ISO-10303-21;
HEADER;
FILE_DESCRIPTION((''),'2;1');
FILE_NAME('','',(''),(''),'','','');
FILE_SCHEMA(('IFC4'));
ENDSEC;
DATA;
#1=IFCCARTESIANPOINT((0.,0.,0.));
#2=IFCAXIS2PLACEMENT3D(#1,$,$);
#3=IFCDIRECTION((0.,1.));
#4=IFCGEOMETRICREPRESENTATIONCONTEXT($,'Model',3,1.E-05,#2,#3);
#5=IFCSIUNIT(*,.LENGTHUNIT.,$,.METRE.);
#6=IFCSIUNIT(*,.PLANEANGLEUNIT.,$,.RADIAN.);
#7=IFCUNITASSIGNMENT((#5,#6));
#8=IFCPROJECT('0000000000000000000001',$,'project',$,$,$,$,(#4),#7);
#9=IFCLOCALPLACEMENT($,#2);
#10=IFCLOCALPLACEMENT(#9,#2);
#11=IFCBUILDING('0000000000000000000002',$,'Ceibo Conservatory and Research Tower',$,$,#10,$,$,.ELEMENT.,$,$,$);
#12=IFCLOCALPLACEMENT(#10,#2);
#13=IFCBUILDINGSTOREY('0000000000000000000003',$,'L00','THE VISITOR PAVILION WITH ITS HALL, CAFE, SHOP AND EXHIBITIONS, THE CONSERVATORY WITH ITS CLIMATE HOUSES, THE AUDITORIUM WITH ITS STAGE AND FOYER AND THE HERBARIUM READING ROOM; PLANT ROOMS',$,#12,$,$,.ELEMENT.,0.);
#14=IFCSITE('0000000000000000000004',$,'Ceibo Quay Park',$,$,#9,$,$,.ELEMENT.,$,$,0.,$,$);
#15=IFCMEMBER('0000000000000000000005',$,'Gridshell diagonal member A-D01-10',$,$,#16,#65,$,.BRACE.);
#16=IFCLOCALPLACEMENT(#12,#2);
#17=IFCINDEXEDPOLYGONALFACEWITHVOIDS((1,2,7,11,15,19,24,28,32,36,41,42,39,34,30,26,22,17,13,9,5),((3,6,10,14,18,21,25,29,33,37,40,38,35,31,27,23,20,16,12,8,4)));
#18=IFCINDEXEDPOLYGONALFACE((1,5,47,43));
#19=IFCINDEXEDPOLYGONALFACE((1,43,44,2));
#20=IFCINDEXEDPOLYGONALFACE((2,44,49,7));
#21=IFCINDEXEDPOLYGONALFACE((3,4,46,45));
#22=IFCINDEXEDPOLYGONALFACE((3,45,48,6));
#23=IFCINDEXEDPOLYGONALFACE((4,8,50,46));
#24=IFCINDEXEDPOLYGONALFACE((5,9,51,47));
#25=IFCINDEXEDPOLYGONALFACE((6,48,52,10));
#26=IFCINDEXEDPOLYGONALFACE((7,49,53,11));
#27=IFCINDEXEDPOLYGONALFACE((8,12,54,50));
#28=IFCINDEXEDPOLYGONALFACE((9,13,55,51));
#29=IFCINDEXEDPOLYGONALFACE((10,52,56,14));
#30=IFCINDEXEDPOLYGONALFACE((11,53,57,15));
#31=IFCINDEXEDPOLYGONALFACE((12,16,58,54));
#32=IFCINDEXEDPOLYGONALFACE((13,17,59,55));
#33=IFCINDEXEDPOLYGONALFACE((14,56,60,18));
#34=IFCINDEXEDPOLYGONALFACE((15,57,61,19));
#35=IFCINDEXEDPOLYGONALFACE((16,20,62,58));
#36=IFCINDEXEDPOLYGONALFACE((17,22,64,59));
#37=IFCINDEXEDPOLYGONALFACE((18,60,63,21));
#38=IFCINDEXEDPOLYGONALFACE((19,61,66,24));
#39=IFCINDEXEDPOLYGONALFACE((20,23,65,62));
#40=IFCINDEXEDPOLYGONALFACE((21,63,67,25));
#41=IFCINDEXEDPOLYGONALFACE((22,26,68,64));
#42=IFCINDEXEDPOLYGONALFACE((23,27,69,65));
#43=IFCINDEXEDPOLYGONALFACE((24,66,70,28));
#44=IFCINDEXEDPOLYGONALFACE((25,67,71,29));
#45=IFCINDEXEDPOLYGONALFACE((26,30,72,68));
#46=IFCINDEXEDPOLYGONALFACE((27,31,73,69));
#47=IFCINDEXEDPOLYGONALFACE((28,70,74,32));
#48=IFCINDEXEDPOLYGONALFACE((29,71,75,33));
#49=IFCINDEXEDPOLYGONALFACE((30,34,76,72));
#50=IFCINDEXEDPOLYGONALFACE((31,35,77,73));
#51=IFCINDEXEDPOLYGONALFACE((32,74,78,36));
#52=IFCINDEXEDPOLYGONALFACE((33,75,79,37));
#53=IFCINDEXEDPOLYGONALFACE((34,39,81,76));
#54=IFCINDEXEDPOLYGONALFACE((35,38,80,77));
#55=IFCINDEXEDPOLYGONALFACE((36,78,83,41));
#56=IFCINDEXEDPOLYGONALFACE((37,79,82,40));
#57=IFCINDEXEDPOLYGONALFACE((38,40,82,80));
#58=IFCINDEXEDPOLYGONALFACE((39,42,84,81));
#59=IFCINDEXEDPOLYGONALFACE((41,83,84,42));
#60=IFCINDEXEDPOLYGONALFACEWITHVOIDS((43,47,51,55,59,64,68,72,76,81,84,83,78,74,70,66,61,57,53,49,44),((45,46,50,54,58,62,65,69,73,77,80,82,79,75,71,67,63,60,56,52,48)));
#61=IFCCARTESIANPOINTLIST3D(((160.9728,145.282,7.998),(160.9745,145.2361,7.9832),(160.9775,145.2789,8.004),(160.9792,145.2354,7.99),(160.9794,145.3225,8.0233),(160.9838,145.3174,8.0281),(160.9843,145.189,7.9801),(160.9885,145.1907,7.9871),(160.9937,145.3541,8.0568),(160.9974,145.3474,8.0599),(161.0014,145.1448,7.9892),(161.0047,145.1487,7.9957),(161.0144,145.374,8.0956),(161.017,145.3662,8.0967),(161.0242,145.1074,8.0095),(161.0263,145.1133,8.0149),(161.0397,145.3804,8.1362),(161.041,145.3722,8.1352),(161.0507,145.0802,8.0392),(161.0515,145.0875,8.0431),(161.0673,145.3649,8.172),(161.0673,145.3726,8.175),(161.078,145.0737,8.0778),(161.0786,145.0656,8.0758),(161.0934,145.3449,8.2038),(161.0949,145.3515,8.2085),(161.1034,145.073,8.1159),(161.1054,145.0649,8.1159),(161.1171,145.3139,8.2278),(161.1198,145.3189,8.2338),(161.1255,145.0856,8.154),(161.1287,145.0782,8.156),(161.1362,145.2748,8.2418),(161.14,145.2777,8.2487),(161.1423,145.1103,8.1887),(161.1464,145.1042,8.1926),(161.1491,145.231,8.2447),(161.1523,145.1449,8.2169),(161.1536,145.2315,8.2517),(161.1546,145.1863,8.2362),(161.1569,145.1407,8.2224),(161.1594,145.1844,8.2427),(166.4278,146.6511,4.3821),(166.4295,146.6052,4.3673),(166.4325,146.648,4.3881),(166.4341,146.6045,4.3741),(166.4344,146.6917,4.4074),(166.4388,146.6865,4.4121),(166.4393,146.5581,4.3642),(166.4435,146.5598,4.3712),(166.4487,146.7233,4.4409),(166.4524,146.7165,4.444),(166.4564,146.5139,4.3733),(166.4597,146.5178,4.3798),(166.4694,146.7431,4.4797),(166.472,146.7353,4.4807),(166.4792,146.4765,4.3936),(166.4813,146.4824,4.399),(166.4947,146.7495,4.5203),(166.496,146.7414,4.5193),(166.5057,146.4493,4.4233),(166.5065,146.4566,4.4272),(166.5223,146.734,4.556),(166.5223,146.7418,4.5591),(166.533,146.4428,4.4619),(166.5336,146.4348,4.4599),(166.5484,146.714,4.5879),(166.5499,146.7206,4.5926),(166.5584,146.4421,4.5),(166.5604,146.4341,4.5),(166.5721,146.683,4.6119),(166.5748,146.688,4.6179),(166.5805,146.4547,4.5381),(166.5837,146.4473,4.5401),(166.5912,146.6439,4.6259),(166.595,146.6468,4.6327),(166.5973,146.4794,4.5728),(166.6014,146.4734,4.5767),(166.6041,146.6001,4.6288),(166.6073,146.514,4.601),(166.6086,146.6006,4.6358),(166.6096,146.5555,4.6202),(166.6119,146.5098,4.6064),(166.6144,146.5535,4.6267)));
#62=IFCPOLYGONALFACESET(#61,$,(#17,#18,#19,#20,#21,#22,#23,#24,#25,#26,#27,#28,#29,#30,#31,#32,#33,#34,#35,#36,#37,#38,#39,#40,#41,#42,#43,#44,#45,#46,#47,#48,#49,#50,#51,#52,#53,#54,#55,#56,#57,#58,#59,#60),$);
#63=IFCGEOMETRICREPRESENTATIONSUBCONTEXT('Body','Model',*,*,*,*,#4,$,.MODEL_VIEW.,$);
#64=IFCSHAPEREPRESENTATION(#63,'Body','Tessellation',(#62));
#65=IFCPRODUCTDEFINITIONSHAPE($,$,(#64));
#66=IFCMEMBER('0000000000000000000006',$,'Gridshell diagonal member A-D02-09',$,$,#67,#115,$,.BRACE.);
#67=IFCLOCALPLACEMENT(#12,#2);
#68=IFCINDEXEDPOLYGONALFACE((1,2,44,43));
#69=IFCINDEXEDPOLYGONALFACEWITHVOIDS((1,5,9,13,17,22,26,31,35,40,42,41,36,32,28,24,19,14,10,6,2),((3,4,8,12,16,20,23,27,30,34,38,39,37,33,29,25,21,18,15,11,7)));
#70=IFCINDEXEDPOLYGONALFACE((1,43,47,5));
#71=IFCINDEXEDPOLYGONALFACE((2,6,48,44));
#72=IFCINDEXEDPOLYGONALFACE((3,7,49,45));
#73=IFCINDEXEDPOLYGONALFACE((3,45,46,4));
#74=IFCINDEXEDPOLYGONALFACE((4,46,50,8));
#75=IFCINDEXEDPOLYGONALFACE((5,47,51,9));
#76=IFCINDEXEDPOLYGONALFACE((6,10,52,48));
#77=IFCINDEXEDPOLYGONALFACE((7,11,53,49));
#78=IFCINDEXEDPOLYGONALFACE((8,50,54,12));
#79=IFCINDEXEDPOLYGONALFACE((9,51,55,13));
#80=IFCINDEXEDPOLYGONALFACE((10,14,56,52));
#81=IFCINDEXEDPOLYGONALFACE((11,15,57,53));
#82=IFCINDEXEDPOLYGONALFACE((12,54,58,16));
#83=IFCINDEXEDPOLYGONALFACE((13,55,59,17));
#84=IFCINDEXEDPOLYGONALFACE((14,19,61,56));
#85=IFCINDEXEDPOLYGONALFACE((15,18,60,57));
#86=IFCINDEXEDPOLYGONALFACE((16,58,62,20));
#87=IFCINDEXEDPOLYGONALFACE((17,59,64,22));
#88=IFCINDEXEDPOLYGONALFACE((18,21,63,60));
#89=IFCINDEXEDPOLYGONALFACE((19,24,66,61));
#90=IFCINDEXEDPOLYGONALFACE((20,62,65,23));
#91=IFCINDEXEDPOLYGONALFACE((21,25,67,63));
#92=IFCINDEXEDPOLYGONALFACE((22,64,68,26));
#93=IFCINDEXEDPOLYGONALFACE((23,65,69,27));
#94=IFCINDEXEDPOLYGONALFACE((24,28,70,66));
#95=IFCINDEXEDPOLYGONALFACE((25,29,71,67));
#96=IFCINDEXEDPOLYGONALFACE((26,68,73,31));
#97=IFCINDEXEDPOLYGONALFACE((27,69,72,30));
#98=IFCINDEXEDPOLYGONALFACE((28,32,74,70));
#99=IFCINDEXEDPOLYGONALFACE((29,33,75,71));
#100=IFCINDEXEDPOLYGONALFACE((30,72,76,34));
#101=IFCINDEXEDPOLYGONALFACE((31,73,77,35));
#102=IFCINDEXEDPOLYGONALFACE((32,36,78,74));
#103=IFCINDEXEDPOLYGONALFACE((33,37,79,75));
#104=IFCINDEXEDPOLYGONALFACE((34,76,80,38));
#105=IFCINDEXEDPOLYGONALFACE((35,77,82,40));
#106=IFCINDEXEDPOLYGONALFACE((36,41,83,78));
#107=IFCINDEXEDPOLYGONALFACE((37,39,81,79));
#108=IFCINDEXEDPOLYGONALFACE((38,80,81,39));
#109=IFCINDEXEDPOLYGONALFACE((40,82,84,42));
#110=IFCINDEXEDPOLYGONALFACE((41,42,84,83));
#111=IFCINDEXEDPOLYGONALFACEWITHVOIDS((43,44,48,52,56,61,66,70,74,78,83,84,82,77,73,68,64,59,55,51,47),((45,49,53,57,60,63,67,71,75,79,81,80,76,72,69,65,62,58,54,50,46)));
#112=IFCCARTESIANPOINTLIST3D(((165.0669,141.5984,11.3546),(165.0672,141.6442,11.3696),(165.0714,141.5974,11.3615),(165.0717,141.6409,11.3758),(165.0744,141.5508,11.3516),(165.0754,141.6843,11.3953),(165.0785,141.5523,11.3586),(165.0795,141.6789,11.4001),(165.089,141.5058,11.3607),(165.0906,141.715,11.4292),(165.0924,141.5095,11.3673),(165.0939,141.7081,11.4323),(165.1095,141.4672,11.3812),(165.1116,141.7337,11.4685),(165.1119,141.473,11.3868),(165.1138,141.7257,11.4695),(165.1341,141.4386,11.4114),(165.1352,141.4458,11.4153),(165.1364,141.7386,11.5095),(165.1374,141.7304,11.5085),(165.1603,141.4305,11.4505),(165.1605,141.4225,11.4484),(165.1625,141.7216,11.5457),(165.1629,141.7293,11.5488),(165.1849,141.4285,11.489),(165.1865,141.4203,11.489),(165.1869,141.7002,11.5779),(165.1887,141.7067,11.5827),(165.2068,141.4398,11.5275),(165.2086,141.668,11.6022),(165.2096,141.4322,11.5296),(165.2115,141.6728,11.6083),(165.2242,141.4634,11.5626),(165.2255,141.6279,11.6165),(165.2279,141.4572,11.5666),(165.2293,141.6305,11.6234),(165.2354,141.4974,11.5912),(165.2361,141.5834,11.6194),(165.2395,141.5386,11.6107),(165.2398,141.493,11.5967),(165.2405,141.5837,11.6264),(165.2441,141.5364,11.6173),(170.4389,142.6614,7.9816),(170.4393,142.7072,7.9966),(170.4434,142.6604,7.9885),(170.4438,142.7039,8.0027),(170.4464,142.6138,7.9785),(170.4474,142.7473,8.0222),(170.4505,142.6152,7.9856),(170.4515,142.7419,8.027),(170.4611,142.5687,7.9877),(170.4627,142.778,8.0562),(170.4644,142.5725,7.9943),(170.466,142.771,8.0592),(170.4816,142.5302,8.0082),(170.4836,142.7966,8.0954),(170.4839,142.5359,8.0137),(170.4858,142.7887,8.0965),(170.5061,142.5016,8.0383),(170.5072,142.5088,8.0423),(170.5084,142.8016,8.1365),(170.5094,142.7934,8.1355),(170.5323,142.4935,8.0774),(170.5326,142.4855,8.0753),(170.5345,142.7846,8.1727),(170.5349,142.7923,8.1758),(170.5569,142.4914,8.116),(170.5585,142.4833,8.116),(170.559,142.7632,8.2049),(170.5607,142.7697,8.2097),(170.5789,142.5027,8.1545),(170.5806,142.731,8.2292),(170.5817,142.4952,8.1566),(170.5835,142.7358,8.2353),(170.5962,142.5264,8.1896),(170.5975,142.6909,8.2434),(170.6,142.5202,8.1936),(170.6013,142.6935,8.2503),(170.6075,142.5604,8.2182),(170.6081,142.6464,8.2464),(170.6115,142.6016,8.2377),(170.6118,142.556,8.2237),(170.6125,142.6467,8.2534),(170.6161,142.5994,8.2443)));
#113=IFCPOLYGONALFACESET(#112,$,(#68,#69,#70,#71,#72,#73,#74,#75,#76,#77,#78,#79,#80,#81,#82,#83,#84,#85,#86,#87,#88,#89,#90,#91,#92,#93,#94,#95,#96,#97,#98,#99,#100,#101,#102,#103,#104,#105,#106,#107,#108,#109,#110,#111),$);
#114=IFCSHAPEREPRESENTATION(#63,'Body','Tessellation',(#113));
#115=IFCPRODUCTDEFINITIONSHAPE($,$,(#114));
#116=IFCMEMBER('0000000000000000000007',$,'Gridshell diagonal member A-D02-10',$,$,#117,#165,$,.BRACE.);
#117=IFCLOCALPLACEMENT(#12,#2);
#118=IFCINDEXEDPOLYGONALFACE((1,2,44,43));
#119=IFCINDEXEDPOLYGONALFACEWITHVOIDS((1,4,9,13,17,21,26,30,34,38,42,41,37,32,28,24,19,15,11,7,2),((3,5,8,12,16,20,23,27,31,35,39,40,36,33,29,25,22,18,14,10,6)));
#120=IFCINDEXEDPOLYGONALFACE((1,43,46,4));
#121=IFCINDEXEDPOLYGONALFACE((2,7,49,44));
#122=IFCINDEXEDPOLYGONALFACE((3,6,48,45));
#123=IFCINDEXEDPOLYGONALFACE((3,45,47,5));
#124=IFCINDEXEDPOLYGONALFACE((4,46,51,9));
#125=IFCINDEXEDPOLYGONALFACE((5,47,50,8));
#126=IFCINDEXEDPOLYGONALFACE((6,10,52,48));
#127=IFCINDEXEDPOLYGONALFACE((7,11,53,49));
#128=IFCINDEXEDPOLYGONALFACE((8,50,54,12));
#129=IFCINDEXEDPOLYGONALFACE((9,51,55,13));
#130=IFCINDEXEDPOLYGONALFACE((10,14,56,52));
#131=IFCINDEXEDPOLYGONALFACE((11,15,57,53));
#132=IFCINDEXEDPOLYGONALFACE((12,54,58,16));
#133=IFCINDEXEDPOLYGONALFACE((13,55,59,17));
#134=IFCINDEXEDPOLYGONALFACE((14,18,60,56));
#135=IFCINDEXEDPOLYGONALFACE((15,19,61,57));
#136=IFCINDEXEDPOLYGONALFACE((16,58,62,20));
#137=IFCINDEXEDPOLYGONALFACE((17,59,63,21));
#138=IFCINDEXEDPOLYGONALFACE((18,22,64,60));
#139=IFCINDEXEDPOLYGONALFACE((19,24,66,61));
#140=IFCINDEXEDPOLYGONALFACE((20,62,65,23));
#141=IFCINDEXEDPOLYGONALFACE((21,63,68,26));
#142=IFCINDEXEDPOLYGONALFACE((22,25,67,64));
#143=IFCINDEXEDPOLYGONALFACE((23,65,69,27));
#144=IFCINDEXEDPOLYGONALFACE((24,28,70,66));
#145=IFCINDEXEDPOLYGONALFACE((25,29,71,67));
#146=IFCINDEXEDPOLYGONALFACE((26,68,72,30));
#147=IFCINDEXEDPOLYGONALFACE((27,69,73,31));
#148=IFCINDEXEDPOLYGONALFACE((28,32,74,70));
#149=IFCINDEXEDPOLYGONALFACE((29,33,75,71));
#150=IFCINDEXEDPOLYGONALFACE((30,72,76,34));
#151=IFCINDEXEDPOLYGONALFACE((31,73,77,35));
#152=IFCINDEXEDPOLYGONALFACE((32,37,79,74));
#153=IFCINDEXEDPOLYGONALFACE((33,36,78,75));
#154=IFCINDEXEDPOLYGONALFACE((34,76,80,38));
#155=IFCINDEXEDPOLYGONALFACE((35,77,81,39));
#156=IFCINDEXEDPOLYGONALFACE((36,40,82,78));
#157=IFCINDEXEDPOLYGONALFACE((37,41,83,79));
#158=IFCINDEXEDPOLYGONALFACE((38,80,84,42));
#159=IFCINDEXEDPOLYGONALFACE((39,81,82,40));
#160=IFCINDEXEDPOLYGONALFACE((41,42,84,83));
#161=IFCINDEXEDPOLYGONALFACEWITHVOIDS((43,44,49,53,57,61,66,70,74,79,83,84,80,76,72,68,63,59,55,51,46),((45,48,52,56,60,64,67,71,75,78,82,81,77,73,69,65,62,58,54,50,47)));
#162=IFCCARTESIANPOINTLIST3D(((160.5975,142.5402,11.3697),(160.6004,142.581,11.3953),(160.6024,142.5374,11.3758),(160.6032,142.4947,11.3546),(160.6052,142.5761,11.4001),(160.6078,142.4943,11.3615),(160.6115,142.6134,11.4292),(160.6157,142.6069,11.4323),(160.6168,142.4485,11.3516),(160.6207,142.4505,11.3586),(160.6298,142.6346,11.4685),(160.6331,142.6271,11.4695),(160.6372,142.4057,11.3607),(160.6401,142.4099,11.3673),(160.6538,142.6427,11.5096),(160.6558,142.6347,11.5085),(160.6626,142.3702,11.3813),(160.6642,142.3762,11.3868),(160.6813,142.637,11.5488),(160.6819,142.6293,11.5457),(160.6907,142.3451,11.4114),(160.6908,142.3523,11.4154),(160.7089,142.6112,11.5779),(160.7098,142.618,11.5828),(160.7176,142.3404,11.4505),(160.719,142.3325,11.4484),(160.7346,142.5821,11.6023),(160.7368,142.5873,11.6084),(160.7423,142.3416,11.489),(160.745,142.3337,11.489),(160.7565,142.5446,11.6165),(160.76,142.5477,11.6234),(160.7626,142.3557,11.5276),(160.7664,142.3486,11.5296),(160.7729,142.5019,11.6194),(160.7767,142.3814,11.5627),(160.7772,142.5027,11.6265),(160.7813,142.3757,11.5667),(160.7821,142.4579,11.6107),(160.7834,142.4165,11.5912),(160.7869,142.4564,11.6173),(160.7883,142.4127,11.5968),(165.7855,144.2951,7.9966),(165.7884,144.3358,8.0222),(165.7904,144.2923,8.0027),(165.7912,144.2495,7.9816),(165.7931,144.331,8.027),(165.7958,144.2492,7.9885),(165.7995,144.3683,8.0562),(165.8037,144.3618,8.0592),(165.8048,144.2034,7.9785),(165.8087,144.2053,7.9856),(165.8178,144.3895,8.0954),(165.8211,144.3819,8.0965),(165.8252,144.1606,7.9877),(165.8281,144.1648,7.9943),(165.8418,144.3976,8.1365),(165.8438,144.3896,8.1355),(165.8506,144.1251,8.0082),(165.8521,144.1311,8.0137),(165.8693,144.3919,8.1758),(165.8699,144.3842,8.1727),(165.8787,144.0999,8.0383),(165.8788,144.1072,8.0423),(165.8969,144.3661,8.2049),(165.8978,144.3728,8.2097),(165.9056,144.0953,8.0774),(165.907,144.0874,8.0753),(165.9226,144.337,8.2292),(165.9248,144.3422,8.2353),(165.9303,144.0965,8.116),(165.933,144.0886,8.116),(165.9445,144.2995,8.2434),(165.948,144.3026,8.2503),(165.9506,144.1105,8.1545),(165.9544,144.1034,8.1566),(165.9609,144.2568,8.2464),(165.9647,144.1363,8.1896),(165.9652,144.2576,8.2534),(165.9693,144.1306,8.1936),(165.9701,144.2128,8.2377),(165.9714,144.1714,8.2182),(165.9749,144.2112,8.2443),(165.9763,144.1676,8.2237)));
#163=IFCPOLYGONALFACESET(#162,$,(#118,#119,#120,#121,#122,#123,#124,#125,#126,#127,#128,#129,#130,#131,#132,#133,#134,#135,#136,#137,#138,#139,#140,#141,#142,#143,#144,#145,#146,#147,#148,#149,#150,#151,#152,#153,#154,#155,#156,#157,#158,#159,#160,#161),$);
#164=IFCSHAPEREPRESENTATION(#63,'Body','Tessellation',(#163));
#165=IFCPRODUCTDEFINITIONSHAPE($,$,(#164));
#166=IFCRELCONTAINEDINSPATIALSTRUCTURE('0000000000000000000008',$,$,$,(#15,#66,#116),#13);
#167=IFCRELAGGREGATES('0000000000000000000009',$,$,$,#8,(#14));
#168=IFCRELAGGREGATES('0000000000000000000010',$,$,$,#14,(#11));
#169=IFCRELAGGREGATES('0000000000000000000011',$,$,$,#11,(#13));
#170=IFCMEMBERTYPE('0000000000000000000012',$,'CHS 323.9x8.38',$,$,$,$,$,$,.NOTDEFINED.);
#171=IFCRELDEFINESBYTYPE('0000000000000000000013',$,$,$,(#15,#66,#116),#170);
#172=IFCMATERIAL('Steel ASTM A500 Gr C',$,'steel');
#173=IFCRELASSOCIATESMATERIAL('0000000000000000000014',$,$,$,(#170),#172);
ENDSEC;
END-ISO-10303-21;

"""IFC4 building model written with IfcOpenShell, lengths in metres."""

from ifc_helpers import new_model, si_unit, direction, frame, origin, origin_2d, place, context, subcontext, project, spatial, hollow_circle, extrude, material, material_profile, profile_set, type_object, element, save


model = new_model("IFC4")

# Units and contexts
model_context = context("Model", 3, precision=1e-05, world=origin(), true_north=direction((0.0, 1.0)))
body_context = subcontext(model_context, "Body", "Model", "MODEL_VIEW")
ifc_project = project(units=[si_unit("LENGTHUNIT", "METRE"), si_unit("PLANEANGLEUNIT", "RADIAN")], contexts=[model_context])

# Site, building, storey
site_placement = place(None, origin())
site = spatial("IfcSite", under=ifc_project, at=site_placement, Name="Ceibo Quay Park", CompositionType="ELEMENT", RefElevation=0.0)
building_placement = place(site_placement, origin())
building = spatial("IfcBuilding", under=site, at=building_placement, Name="Ceibo Conservatory and Research Tower", CompositionType="ELEMENT")
storey_placement = place(building_placement, origin())
storey = spatial("IfcBuildingStorey", under=building, at=storey_placement, Name="L00", Description="THE VISITOR PAVILION WITH ITS HALL, CAFE, SHOP AND EXHIBITIONS, THE CONSERVATORY WITH ITS CLIMATE HOUSES, THE AUDITORIUM WITH ITS STAGE AND FOYER AND THE HERBARIUM READING ROOM; PLANT ROOMS", CompositionType="ELEMENT", Elevation=0.0)

# Members
ifc_material_1 = material(Name="Steel ASTM A500 Gr C", Category="steel")
ifc_material_profile_1 = material_profile(ifc_material_1, hollow_circle(Radius=0.1619, WallThickness=0.0083, at=origin_2d()), Name="CHS 323.9x8.38")
ifc_profile_set_1 = profile_set([ifc_material_profile_1], Name="Steel ASTM A500 Gr C")
member_type_1 = type_object("IfcMemberType", Name="CHS 323.9x8.38", PredefinedType="NOTDEFINED", material=ifc_profile_set_1)
for number, where, z_axis, x_axis, name in (
    (1, (166.521, 146.5911, 4.5), (-0.81585, -0.204766, 0.540796), (0.243434, -0.969917, 0.0), "Gridshell diagonal member A-D01-10"),
):
    element("IfcMember", number, at=place(storey_placement, frame(where, z_axis=z_axis, x_axis=x_axis)), inside=storey, type_object=member_type_1, Name=name, PredefinedType="BRACE", context=body_context, shape_type="SweptSolid", body=[
        extrude(hollow_circle(Radius=0.1619, WallThickness=0.0083, at=origin_2d()), origin(), (0.0, 0.0, 1.0), 6.6863),
    ])
member_1_placement = place(storey_placement, frame((170.5271, 142.6421, 8.116), z_axis=(-0.835251, -0.165274, 0.524442), x_axis=(0.19411, -0.98098, 0.0)))
element("IfcMember", 2, at=member_1_placement, inside=storey, type_object=member_type_1, Name="Gridshell diagonal member A-D02-09", PredefinedType="BRACE", context=body_context, shape_type="SweptSolid", body=[
    extrude(hollow_circle(Radius=0.1619, WallThickness=0.0083, at=origin_2d()), origin(), (0.0, 0.0, 1.0), 6.4316),
])
member_2_placement = place(storey_placement, frame((165.8811, 144.2419, 8.116), z_axis=(-0.806574, -0.272831, 0.524406), x_axis=(0.320424, -0.947274, 0.0)))
element("IfcMember", 3, at=member_2_placement, inside=storey, type_object=member_type_1, Name="Gridshell diagonal member A-D02-10", PredefinedType="BRACE", context=body_context, shape_type="SweptSolid", body=[
    extrude(hollow_circle(Radius=0.1619, WallThickness=0.0083, at=origin_2d()), origin(), (0.0, 0.0, 1.0), 6.4321),
])

save(model, "model.ifc")
